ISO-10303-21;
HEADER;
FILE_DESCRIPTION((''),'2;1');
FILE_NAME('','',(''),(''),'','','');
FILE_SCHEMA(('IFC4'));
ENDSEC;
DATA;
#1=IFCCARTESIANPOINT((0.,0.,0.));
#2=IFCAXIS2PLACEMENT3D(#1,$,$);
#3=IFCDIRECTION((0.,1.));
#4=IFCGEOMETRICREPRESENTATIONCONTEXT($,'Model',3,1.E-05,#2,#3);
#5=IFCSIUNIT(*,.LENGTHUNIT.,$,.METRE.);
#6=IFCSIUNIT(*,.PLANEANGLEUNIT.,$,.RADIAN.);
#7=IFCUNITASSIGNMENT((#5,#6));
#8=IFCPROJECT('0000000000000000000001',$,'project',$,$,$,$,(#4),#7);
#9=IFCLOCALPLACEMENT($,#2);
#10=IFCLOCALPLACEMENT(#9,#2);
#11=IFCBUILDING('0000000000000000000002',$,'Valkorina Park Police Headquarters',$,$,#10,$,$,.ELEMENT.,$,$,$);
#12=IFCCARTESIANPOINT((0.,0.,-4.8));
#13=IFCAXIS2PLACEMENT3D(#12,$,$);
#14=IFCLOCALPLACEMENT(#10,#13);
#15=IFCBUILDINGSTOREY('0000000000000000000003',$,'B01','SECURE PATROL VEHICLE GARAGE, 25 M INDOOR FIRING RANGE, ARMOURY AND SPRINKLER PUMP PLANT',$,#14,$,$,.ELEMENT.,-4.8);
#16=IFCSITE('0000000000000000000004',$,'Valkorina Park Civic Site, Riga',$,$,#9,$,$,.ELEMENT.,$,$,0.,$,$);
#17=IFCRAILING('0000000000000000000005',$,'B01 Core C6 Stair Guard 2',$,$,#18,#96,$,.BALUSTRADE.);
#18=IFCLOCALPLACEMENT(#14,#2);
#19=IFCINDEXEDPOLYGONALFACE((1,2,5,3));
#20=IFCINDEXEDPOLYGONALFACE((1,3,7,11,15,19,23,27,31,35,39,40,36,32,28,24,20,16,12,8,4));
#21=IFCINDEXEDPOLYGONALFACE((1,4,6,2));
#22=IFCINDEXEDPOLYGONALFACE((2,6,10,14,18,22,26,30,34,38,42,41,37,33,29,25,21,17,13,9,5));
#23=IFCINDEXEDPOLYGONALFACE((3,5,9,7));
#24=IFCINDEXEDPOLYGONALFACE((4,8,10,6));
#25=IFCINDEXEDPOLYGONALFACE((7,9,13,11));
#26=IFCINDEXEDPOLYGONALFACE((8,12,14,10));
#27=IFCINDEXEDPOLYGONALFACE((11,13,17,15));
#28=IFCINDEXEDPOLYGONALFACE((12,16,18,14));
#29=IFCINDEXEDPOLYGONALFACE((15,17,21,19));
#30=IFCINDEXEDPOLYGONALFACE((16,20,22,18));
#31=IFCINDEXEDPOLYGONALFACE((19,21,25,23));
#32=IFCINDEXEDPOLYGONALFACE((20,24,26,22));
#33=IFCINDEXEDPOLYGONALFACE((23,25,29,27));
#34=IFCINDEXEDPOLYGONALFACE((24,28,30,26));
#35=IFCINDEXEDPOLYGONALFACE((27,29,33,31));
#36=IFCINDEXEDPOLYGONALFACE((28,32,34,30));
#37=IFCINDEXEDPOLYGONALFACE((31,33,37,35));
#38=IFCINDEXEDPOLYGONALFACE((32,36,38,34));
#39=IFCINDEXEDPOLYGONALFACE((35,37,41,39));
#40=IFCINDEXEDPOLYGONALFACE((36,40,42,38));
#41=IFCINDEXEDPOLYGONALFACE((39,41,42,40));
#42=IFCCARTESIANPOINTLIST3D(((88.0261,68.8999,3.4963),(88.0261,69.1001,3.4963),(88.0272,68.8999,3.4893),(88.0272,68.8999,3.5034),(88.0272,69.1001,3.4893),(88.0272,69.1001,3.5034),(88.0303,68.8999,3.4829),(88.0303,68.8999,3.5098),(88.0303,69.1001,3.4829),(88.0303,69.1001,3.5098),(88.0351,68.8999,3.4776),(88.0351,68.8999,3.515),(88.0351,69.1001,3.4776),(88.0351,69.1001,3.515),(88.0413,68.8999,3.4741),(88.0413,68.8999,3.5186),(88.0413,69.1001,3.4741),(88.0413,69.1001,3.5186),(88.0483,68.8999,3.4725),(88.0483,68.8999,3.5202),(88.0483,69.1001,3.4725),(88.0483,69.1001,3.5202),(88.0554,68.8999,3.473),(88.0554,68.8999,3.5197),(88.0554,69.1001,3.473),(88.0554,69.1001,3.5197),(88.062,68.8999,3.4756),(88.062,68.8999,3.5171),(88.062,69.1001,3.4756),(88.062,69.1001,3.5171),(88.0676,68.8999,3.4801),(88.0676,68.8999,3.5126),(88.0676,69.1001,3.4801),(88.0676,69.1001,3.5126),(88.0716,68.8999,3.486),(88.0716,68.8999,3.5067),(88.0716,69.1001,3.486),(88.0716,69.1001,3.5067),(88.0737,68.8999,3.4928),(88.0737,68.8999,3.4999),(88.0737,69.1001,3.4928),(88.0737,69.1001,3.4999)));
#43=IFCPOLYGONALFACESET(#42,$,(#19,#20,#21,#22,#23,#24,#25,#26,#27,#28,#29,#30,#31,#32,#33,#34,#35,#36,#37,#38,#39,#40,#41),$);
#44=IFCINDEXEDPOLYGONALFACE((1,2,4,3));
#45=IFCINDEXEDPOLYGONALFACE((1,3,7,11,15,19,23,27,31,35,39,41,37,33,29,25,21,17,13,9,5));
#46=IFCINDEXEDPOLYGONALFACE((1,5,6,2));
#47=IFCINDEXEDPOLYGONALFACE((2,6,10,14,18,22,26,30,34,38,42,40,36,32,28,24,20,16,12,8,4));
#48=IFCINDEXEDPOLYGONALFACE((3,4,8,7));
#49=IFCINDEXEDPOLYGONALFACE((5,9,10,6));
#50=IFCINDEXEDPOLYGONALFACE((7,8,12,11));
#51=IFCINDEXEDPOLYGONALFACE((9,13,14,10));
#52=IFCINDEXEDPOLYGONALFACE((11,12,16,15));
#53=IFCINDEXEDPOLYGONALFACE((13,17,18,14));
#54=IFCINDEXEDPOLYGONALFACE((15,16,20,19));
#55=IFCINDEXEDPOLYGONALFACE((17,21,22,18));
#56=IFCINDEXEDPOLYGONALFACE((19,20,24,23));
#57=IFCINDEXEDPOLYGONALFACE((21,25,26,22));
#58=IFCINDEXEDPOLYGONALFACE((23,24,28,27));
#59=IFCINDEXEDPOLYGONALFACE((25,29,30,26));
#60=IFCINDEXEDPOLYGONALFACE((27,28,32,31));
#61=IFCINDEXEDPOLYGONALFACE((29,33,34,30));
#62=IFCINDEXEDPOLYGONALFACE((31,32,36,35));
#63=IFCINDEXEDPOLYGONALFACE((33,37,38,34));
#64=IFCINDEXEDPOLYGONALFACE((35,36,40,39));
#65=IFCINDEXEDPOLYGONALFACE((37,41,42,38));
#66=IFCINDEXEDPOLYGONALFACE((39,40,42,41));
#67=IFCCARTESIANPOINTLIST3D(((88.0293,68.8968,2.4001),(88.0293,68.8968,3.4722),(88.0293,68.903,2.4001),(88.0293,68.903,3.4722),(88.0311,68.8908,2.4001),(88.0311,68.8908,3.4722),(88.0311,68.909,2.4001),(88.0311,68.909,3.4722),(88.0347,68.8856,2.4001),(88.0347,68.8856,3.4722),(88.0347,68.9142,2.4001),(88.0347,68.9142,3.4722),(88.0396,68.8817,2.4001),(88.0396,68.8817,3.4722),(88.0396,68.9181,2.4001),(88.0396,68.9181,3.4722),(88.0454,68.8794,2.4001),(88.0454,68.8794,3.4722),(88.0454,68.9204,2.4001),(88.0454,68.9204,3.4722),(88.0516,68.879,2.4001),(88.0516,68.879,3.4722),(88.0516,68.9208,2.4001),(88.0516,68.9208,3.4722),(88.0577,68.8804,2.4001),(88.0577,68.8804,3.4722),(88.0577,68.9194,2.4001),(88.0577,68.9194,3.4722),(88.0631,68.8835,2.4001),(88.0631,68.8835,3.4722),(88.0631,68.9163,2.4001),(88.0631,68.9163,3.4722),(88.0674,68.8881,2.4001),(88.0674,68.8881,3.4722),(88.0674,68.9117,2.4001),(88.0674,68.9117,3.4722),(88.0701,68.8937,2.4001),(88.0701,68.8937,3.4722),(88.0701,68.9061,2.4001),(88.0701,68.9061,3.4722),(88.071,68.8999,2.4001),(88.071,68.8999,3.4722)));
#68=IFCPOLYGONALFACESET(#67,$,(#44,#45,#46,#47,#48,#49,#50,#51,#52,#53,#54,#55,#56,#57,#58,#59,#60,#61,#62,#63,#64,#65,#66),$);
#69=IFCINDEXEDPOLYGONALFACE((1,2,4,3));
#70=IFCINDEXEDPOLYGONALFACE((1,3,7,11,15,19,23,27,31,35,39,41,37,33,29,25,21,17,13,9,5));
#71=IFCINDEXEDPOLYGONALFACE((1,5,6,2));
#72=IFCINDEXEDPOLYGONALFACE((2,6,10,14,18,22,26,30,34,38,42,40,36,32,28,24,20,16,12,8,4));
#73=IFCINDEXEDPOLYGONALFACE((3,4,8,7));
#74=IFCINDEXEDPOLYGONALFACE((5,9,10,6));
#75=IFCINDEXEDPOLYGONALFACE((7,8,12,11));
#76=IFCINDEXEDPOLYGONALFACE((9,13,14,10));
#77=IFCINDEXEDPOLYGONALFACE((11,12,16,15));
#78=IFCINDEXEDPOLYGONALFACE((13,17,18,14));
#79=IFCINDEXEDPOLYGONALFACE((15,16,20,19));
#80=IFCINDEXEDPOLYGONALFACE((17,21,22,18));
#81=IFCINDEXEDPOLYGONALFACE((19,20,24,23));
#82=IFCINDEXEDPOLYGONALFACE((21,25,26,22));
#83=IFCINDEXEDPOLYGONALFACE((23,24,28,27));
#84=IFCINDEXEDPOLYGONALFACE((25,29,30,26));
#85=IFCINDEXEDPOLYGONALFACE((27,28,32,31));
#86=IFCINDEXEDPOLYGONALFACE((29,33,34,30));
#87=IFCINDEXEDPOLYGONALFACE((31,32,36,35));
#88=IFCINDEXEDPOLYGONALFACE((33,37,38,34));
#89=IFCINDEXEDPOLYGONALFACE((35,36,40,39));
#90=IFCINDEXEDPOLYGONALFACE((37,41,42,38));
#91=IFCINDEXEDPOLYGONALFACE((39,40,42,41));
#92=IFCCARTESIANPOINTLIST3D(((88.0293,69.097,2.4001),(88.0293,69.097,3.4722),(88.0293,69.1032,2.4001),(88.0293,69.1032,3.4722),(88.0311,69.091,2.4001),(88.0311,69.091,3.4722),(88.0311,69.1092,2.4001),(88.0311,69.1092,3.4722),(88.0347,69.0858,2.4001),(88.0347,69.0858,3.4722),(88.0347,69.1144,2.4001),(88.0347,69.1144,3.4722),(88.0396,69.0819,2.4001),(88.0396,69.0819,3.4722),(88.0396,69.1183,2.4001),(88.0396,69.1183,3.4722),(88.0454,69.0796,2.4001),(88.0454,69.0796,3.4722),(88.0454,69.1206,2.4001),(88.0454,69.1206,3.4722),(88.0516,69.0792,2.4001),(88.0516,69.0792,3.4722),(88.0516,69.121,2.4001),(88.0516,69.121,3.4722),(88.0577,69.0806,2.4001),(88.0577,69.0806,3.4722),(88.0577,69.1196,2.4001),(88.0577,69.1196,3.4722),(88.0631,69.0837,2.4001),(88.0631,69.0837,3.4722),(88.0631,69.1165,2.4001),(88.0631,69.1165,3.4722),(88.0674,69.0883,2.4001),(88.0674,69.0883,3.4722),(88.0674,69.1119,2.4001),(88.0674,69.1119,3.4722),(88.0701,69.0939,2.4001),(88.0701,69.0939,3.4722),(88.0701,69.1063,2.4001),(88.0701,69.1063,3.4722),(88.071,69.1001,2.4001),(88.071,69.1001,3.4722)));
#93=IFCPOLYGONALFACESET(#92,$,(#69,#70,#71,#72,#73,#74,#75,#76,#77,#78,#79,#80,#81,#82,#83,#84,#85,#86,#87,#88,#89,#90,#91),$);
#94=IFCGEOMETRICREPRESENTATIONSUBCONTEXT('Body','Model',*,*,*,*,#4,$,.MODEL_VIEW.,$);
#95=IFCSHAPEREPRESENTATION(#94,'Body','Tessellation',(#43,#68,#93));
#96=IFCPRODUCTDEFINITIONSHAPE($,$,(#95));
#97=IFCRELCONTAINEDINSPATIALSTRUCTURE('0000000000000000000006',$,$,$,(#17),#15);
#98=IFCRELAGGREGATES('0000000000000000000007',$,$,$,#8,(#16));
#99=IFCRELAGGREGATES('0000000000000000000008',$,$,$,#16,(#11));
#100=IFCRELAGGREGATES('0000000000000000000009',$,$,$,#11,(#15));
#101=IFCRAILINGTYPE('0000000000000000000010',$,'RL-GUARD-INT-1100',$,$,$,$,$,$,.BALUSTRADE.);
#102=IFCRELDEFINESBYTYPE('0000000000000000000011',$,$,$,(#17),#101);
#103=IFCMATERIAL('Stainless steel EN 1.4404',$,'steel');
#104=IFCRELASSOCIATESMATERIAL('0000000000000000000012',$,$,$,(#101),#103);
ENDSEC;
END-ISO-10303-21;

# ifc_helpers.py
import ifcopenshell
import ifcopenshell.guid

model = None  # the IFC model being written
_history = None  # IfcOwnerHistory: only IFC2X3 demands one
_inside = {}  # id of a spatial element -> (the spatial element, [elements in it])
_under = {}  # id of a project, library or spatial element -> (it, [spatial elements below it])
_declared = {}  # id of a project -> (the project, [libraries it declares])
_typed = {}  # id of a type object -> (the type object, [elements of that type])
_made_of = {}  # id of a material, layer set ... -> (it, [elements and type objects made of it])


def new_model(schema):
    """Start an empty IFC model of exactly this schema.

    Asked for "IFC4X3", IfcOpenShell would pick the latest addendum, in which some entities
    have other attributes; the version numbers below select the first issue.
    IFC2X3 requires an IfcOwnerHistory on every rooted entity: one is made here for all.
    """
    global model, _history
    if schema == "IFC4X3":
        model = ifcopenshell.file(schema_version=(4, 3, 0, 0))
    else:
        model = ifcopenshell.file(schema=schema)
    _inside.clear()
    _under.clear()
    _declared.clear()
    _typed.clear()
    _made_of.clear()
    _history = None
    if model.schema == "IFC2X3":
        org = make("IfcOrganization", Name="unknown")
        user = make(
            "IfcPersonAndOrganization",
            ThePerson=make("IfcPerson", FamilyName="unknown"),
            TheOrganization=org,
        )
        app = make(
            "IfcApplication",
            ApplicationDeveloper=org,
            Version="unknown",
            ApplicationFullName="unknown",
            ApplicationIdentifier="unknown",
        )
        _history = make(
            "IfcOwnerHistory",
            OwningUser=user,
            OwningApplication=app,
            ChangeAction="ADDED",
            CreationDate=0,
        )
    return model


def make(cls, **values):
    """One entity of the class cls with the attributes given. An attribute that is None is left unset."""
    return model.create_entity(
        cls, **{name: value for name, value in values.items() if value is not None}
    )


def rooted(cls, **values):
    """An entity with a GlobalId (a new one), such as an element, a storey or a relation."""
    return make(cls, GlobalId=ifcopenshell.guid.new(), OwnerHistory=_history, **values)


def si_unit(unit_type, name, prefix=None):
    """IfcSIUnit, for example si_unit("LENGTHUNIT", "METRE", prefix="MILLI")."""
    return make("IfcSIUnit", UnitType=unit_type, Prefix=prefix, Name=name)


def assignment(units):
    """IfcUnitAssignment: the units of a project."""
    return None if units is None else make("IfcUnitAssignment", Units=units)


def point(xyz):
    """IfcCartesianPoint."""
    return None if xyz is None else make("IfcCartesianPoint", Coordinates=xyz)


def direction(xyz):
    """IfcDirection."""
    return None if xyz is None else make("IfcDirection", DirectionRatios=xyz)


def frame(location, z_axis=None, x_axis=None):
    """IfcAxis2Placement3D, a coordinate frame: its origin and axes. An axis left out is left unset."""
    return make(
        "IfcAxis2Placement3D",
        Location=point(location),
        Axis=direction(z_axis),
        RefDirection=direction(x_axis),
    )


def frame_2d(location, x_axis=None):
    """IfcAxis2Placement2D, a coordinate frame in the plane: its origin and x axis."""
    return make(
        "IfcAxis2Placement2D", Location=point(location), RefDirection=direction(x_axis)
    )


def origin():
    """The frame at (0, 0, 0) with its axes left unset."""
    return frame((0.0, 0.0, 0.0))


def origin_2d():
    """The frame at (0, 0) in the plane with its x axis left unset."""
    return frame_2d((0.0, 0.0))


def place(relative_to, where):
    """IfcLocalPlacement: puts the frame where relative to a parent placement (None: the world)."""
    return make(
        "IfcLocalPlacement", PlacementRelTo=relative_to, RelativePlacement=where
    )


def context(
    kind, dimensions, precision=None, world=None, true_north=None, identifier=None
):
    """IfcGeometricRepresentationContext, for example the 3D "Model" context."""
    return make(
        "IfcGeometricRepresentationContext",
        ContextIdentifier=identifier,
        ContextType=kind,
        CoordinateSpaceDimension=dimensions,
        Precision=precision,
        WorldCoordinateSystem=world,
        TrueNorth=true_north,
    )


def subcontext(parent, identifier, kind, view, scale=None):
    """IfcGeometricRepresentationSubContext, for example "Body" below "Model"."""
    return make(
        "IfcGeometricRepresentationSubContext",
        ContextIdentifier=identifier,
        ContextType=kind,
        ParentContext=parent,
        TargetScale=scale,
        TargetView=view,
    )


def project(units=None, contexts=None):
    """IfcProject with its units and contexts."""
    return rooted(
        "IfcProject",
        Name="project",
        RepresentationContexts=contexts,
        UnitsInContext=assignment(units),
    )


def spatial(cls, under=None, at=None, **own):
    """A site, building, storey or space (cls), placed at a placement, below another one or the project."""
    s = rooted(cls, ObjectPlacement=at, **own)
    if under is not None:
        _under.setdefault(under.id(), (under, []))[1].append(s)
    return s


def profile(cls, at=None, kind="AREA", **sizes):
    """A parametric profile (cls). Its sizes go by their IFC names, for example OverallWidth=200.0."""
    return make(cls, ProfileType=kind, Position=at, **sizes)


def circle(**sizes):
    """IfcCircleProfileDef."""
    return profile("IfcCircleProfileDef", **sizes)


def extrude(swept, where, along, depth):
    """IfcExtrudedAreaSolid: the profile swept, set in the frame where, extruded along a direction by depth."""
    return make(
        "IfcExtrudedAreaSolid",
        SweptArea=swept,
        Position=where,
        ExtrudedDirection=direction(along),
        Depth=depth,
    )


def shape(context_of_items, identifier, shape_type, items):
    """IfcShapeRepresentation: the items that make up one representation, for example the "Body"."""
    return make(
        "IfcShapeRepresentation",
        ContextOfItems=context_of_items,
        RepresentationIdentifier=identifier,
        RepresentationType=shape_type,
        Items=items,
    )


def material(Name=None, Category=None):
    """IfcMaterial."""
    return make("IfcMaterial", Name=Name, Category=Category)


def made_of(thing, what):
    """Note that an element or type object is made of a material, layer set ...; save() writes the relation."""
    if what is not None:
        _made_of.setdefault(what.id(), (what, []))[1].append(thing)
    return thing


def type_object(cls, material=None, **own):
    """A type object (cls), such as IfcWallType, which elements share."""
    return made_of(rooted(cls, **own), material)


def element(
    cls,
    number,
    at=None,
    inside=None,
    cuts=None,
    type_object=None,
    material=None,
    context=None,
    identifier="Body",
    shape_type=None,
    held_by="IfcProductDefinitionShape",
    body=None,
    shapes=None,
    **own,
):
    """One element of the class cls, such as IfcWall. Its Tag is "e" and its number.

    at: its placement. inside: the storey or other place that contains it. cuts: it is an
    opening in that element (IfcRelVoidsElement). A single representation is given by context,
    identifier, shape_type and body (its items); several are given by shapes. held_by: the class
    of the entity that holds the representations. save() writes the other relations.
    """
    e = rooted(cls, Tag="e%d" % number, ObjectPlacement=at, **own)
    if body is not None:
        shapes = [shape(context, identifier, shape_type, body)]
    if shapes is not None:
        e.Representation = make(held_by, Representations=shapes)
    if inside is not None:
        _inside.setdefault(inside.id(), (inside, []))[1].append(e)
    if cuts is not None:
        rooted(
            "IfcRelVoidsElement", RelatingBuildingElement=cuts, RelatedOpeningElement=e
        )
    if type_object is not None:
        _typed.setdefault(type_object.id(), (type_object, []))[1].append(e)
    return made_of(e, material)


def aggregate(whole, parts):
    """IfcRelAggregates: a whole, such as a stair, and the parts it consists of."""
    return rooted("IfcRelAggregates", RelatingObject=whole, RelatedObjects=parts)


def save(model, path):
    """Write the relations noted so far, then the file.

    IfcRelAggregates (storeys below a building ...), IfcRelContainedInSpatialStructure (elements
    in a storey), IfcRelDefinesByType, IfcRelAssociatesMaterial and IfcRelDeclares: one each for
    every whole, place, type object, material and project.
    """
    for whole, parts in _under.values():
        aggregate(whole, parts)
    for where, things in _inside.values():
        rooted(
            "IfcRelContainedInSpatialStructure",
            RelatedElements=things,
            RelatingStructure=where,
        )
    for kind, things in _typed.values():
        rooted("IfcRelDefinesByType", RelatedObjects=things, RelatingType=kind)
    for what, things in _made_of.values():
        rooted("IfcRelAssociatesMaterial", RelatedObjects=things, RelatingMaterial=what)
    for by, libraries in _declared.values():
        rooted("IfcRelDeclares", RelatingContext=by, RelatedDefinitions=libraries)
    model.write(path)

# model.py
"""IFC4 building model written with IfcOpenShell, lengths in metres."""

from ifc_helpers import new_model, si_unit, direction, frame, origin, origin_2d, place, context, subcontext, project, spatial, circle, extrude, material, type_object, element, save


model = new_model("IFC4")

# Units and contexts
model_context = context("Model", 3, precision=1e-05, world=origin(), true_north=direction((0.0, 1.0)))
body_context = subcontext(model_context, "Body", "Model", "MODEL_VIEW")
ifc_project = project(units=[si_unit("LENGTHUNIT", "METRE"), si_unit("PLANEANGLEUNIT", "RADIAN")], contexts=[model_context])

# Site, building, storey
site_placement = place(None, origin())
site = spatial("IfcSite", under=ifc_project, at=site_placement, Name="Valkorina Park Civic Site, Riga", CompositionType="ELEMENT", RefElevation=0.0)
building_placement = place(site_placement, origin())
building = spatial("IfcBuilding", under=site, at=building_placement, Name="Valkorina Park Police Headquarters", CompositionType="ELEMENT")
storey_placement = place(building_placement, frame((0.0, 0.0, -4.8)))
storey = spatial("IfcBuildingStorey", under=building, at=storey_placement, Name="B01", Description="SECURE PATROL VEHICLE GARAGE, 25 M INDOOR FIRING RANGE, ARMOURY AND SPRINKLER PUMP PLANT", CompositionType="ELEMENT", Elevation=-4.8)

# Railing
ifc_material_1 = material(Name="Stainless steel EN 1.4404", Category="steel")
railing_type_1 = type_object("IfcRailingType", Name="RL-GUARD-INT-1100", PredefinedType="BALUSTRADE", material=ifc_material_1)
railing_1_placement = place(storey_placement, frame((88.05, 68.8999, 2.4001)))
element("IfcRailing", 1, at=railing_1_placement, inside=storey, type_object=railing_type_1, Name="B01 Core C6 Stair Guard 2", PredefinedType="BALUSTRADE", context=body_context, shape_type="SweptSolid", body=[
    extrude(circle(Radius=0.0239, at=origin_2d()), frame((0.0, 0.0, 1.0962), z_axis=(0.0, 1.0, 0.0), x_axis=(-1.0, 0.0, 0.0)), (0.0, 0.0, 1.0), 0.2002),
    extrude(circle(Radius=0.021, at=origin_2d()), origin(), (0.0, 0.0, 1.0), 1.072),
    extrude(circle(Radius=0.021, at=origin_2d()), frame((0.0, 0.2002, 0.0)), (0.0, 0.0, 1.0), 1.072),
])

save(model, "model.ifc")
